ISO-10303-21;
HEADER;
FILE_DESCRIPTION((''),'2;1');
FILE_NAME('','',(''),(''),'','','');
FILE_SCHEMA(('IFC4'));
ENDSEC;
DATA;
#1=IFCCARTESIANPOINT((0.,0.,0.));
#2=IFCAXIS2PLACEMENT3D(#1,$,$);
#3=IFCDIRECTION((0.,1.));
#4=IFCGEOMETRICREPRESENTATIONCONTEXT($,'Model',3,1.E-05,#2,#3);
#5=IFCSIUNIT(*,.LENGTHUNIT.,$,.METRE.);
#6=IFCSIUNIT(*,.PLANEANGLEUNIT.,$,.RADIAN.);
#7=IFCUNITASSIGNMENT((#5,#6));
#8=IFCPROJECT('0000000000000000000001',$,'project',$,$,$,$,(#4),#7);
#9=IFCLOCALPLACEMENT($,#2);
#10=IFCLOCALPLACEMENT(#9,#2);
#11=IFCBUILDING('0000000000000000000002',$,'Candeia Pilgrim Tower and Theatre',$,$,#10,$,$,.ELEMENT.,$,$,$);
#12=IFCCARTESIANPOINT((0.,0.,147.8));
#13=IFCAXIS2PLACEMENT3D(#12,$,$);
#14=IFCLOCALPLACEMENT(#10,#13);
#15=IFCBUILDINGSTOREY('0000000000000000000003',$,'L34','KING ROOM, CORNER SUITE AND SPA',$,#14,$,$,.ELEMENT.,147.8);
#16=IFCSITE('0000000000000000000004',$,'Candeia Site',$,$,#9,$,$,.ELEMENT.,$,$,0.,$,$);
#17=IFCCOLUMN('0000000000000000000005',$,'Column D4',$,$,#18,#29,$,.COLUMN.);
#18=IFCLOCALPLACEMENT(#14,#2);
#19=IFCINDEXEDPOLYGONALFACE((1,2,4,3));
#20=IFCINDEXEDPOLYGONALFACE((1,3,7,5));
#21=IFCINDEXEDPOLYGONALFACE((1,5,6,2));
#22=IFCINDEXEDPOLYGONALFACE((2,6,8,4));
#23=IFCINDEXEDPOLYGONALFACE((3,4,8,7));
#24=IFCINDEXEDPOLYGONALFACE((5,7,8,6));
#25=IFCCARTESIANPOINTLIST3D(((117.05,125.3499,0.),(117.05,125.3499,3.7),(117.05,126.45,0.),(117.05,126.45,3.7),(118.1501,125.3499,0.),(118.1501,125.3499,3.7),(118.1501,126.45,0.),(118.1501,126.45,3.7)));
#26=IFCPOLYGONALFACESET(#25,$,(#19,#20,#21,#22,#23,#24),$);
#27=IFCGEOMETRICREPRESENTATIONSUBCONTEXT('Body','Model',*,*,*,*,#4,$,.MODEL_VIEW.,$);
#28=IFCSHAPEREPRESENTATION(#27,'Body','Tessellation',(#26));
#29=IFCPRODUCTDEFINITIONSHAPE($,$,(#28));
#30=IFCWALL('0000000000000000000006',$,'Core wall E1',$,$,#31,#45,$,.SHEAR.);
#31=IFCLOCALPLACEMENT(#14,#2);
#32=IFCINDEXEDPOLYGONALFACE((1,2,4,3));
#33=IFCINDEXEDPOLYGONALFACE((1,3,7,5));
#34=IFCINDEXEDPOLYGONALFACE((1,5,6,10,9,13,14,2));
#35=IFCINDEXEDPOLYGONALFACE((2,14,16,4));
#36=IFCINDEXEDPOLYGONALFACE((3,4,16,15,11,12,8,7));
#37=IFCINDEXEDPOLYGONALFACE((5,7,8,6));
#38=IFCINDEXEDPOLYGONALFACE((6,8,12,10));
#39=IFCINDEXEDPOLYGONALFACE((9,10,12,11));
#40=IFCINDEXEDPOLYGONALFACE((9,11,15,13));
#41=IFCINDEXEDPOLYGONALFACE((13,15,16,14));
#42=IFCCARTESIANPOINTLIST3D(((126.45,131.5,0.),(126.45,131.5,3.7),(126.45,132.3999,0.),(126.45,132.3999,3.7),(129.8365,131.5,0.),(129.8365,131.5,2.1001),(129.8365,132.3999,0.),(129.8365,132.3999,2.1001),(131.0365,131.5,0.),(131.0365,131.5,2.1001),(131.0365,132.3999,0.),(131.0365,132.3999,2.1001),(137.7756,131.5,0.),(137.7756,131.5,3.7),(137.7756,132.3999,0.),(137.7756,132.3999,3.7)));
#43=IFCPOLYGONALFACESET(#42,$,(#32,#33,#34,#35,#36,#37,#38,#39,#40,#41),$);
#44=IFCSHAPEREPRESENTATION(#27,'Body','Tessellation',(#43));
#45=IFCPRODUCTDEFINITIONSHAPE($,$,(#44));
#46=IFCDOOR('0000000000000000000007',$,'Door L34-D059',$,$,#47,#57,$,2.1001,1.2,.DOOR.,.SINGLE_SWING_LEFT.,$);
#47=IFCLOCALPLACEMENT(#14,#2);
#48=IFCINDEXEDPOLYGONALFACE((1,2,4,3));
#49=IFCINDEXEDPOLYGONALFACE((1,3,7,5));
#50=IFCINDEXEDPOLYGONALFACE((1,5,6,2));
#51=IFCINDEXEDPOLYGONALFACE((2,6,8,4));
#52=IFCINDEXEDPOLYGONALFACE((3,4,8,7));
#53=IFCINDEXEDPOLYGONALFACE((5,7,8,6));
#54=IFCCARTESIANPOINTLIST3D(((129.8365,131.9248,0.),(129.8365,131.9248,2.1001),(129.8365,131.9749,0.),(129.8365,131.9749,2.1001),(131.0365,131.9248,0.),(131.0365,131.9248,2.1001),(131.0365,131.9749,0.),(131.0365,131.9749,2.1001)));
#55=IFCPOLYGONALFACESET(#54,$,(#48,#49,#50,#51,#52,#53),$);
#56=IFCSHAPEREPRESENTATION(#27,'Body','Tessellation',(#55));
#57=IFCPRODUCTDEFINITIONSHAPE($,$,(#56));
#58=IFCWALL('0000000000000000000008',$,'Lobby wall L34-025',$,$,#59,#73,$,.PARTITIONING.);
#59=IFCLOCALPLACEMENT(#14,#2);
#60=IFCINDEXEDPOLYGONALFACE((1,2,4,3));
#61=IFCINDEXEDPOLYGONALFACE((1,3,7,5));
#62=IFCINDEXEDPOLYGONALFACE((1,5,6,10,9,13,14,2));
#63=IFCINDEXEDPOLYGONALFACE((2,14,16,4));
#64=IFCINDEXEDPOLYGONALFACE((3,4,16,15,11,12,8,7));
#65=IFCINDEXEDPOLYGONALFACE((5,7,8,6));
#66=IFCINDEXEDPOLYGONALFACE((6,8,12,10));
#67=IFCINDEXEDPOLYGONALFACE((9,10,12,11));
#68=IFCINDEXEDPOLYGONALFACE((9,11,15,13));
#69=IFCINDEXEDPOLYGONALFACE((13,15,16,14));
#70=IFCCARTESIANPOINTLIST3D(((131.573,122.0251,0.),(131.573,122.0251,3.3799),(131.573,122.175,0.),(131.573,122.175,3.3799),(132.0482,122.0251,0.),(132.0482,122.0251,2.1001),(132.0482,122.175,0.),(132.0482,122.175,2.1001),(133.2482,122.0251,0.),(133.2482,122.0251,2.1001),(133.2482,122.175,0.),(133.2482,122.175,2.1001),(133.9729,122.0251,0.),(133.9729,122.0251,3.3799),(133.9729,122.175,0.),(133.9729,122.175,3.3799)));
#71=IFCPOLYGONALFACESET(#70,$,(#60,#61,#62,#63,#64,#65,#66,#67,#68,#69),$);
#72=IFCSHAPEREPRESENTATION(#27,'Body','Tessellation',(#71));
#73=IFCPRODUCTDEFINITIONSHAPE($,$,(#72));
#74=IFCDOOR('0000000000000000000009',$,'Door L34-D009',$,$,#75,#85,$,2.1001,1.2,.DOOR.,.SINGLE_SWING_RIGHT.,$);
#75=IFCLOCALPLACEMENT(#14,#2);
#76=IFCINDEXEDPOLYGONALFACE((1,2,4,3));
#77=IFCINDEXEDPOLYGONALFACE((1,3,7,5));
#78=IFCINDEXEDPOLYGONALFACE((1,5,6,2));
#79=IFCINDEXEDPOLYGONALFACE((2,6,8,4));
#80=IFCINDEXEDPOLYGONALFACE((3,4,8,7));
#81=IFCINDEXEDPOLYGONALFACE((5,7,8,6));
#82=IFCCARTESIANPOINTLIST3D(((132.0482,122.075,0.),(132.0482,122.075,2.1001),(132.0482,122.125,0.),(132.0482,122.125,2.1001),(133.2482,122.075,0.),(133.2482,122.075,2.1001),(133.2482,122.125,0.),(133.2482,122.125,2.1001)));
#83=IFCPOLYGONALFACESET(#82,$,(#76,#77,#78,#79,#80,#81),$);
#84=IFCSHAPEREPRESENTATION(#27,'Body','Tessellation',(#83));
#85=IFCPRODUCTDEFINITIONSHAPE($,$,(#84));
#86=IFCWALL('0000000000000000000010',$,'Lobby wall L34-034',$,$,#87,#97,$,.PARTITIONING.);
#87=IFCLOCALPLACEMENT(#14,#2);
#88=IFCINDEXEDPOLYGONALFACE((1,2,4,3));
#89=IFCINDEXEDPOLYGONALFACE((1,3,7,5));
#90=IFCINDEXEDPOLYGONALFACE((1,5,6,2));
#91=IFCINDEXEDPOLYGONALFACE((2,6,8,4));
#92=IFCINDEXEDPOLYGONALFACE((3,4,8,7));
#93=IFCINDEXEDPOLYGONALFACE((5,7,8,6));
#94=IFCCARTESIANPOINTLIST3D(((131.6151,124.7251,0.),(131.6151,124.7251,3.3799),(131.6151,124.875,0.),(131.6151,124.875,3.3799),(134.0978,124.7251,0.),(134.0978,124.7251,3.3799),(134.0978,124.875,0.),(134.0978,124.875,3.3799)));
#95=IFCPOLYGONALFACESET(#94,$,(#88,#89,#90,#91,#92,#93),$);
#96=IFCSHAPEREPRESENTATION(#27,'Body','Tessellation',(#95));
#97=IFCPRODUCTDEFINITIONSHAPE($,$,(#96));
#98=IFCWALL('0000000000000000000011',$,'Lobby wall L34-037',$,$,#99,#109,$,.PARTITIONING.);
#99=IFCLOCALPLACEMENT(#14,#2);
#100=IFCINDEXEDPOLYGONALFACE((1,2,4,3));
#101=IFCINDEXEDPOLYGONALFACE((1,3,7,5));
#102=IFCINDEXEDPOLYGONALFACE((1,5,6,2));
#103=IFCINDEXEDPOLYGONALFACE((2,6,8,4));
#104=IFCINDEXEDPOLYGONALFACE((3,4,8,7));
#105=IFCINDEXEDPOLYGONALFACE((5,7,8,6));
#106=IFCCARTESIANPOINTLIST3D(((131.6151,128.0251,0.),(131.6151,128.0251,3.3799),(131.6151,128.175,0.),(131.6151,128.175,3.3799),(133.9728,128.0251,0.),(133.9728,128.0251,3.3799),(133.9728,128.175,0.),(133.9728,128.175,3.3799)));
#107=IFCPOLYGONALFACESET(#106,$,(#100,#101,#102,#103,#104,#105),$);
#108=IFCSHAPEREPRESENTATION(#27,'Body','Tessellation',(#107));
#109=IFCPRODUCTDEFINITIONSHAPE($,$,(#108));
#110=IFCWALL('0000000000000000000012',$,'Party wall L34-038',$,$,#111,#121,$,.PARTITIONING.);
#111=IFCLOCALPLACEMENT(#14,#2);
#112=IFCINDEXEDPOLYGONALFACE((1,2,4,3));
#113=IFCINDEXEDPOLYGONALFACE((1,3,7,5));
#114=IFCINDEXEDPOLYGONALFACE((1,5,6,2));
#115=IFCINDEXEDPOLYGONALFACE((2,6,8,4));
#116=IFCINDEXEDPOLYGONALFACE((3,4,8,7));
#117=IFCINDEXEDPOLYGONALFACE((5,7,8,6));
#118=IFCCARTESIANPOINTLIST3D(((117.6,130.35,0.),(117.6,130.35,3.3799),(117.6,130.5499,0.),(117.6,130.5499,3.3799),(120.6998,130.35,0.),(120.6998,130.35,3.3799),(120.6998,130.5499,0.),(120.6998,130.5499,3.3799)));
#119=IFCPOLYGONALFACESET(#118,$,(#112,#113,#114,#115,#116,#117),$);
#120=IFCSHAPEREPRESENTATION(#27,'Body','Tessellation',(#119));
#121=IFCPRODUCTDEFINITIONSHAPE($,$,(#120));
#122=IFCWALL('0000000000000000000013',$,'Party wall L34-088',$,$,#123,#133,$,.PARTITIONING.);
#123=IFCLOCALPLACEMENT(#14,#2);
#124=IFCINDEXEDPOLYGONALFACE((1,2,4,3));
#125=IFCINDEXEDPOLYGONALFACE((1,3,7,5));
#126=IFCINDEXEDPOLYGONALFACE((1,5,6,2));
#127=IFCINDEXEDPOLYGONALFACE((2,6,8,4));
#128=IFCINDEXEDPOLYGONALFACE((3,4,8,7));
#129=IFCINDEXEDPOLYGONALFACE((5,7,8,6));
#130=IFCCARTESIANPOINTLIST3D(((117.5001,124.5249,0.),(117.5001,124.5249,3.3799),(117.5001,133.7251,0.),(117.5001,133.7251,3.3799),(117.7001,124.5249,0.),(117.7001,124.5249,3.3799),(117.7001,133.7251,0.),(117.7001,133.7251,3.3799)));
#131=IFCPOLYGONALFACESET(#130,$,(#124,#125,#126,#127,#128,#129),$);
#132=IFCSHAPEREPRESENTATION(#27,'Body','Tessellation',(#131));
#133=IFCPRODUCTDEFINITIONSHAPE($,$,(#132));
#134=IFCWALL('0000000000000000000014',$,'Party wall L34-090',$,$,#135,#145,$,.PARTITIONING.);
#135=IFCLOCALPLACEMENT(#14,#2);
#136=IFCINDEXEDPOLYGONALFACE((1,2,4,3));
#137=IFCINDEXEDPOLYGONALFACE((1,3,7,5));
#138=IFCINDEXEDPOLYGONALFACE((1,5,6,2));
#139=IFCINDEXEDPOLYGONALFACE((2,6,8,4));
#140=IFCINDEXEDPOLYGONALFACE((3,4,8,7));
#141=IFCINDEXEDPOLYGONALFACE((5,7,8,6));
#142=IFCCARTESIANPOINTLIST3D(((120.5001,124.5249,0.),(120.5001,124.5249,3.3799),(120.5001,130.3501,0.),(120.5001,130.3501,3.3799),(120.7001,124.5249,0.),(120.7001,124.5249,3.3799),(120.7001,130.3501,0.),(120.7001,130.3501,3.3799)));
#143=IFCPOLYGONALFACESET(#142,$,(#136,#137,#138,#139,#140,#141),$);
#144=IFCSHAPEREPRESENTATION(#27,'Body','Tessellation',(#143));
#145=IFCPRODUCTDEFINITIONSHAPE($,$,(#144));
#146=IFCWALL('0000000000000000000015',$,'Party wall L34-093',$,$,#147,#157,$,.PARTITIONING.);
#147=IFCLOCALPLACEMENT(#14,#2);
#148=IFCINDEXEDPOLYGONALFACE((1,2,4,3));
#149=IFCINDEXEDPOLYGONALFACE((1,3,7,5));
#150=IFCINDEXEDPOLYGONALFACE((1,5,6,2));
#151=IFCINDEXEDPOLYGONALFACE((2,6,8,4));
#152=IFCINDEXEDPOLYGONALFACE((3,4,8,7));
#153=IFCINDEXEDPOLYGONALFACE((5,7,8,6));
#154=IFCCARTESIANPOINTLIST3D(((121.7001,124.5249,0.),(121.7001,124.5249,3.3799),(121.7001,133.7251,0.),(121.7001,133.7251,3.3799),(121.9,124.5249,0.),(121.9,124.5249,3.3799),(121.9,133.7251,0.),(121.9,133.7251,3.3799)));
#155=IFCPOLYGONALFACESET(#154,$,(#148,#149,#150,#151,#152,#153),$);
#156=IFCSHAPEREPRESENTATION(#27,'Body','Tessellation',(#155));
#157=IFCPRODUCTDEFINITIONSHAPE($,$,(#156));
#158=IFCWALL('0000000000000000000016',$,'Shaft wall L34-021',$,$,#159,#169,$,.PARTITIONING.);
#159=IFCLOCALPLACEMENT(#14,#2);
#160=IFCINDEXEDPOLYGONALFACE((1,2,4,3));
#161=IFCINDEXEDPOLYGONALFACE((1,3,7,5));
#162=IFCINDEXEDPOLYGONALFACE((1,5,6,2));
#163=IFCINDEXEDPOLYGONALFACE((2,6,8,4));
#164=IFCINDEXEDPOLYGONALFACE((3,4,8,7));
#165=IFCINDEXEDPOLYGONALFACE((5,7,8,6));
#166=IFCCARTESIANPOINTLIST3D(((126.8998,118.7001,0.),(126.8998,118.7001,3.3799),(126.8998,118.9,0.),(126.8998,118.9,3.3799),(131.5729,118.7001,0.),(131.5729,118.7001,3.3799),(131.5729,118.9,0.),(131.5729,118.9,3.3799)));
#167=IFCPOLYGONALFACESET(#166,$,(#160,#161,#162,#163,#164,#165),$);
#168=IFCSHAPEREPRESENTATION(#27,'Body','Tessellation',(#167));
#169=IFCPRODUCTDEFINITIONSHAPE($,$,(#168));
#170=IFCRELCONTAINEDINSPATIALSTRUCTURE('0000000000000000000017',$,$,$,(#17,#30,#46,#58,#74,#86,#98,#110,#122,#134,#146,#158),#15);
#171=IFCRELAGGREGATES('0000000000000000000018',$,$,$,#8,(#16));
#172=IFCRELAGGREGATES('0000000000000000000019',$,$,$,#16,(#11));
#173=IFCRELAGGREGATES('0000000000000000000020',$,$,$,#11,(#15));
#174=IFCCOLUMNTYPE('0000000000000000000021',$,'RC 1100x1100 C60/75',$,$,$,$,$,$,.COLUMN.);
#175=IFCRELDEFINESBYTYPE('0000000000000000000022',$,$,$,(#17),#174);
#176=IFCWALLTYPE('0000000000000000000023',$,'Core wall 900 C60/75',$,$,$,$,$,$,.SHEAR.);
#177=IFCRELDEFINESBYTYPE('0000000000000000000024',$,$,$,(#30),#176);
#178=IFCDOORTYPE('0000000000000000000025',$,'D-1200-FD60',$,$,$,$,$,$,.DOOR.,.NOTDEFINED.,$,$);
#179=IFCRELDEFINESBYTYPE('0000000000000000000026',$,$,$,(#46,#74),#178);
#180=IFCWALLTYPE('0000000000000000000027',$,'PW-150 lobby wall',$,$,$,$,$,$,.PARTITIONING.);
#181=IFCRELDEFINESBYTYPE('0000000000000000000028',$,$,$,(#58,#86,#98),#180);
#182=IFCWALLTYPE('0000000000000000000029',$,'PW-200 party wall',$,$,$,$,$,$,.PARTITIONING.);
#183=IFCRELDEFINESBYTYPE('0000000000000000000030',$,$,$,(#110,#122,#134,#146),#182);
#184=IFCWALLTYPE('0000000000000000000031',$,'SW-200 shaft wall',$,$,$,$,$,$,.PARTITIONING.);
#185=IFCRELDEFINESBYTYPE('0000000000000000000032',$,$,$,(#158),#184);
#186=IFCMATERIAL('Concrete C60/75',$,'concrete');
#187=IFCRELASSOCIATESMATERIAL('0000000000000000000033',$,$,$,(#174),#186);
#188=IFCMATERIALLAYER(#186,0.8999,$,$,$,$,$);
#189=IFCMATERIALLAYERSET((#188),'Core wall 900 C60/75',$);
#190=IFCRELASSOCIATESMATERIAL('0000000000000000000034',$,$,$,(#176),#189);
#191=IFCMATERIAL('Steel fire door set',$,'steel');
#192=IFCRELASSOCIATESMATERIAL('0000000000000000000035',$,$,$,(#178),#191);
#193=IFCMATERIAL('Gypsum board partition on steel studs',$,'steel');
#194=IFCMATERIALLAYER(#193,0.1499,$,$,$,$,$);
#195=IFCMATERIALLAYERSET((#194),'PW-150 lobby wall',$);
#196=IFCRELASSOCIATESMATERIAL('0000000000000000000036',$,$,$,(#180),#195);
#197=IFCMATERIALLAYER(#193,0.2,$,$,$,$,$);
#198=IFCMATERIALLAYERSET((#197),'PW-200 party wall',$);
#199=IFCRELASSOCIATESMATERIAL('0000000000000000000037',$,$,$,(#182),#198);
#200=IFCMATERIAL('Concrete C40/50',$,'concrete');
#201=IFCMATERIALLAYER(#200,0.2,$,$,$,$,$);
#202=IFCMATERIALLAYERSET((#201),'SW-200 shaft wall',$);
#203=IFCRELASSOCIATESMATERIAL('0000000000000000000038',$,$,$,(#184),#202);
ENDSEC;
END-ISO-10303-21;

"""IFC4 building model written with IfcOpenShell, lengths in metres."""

from ifc_helpers import new_model, si_unit, direction, frame, frame_2d, origin, origin_2d, place, context, subcontext, project, spatial, rectangle, extrude, material, layer, layer_set, material_profile, profile_set, type_object, element, fill, save


model = new_model("IFC4")

# Units and contexts
model_context = context("Model", 3, precision=1e-05, world=origin(), true_north=direction((0.0, 1.0)))
body_context = subcontext(model_context, "Body", "Model", "MODEL_VIEW")
ifc_project = project(units=[si_unit("LENGTHUNIT", "METRE"), si_unit("PLANEANGLEUNIT", "RADIAN")], contexts=[model_context])

# Site, building, storey
site_placement = place(None, origin())
site = spatial("IfcSite", under=ifc_project, at=site_placement, Name="Candeia Site", CompositionType="ELEMENT", RefElevation=0.0)
building_placement = place(site_placement, origin())
building = spatial("IfcBuilding", under=site, at=building_placement, Name="Candeia Pilgrim Tower and Theatre", CompositionType="ELEMENT")
storey_placement = place(building_placement, frame((0.0, 0.0, 147.8)))
storey = spatial("IfcBuildingStorey", under=building, at=storey_placement, Name="L34", Description="KING ROOM, CORNER SUITE AND SPA", CompositionType="ELEMENT", Elevation=147.8)

# Column
ifc_material_1 = material(Name="Concrete C60/75", Category="concrete")
ifc_material_profile = material_profile(ifc_material_1, rectangle(XDim=1.1001, YDim=1.1001, at=origin_2d()))
ifc_profile_set = profile_set([ifc_material_profile], Name="Concrete C60/75")
column_type = type_object("IfcColumnType", Name="RC 1100x1100 C60/75", PredefinedType="COLUMN", material=ifc_profile_set)
column_placement = place(storey_placement, frame((117.6001, 125.8999, 0.0), z_axis=(0.0, 0.0, 1.0), x_axis=(1.0, 0.0, 0.0)))
element("IfcColumn", 1, at=column_placement, inside=storey, type_object=column_type, Name="Column D4", PredefinedType="COLUMN", context=body_context, shape_type="SweptSolid", body=[
    extrude(rectangle(XDim=1.1001, YDim=1.1001, at=origin_2d()), origin(), (0.0, 0.0, 1.0), 3.7),
])

# Walls, openings, doors
ifc_layer_1 = layer(ifc_material_1, 0.8999)
ifc_layer_set_1 = layer_set([ifc_layer_1], Name="Core wall 900 C60/75")
wall_type_1 = type_object("IfcWallType", Name="Core wall 900 C60/75", PredefinedType="SHEAR", material=ifc_layer_set_1)
wall_1_placement = place(storey_placement, frame((126.45, 131.95, 0.0), z_axis=(0.0, 0.0, 1.0), x_axis=(1.0, 0.0, 0.0)))
wall_1 = element("IfcWall", 2, at=wall_1_placement, inside=storey, type_object=wall_type_1, Name="Core wall E1", PredefinedType="SHEAR", context=body_context, shape_type="SweptSolid", body=[
    extrude(rectangle(XDim=11.3257, YDim=0.8999, at=frame_2d((5.6628, 0.0))), origin(), (0.0, 0.0, 1.0), 3.7),
])
opening_1_placement = place(wall_1_placement, frame((3.3865, 0.0, 0.0)))
opening_1 = element("IfcOpeningElement", 3, at=opening_1_placement, cuts=wall_1, PredefinedType="OPENING", context=body_context, shape_type="SweptSolid", body=[
    extrude(rectangle(XDim=1.2, YDim=2.1001, at=frame_2d((0.6001, 1.05))), frame((0.0, 0.46, 0.0), z_axis=(0.0, -1.0, 0.0), x_axis=(1.0, 0.0, 0.0)), (0.0, 0.0, 1.0), 0.9199),
])
ifc_material_2 = material(Name="Steel fire door set", Category="steel")
door_type_1 = type_object("IfcDoorType", Name="D-1200-FD60", OperationType="NOTDEFINED", PredefinedType="DOOR", material=ifc_material_2)
door_1_placement = place(opening_1_placement, origin())
door_1 = element("IfcDoor", 4, at=door_1_placement, inside=storey, type_object=door_type_1, Name="Door L34-D059", OperationType="SINGLE_SWING_LEFT", OverallHeight=2.1001, OverallWidth=1.2, PredefinedType="DOOR", context=body_context, shape_type="SweptSolid", body=[
    extrude(rectangle(XDim=1.2, YDim=2.1001, at=frame_2d((0.6001, 1.05))), frame((0.0, 0.0249, 0.0), z_axis=(0.0, -1.0, 0.0), x_axis=(1.0, 0.0, 0.0)), (0.0, 0.0, 1.0), 0.05),
])
fill(opening_1, door_1)
ifc_material_3 = material(Name="Gypsum board partition on steel studs", Category="steel")
ifc_layer_2 = layer(ifc_material_3, 0.1499)
ifc_layer_set_2 = layer_set([ifc_layer_2], Name="PW-150 lobby wall")
wall_type_2 = type_object("IfcWallType", Name="PW-150 lobby wall", PredefinedType="PARTITIONING", material=ifc_layer_set_2)
wall_2_placement = place(storey_placement, frame((131.573, 122.1001, 0.0), z_axis=(0.0, 0.0, 1.0), x_axis=(1.0, 0.0, 0.0)))
wall_2 = element("IfcWall", 5, at=wall_2_placement, inside=storey, type_object=wall_type_2, Name="Lobby wall L34-025", PredefinedType="PARTITIONING", context=body_context, shape_type="SweptSolid", body=[
    extrude(rectangle(XDim=2.3999, YDim=0.1499, at=frame_2d((1.2, 0.0))), origin(), (0.0, 0.0, 1.0), 3.3799),
])
opening_2_placement = place(wall_2_placement, frame((0.4751, 0.0, 0.0)))
opening_2 = element("IfcOpeningElement", 6, at=opening_2_placement, cuts=wall_2, PredefinedType="OPENING", context=body_context, shape_type="SweptSolid", body=[
    extrude(rectangle(XDim=1.2, YDim=2.1001, at=frame_2d((0.6001, 1.05))), frame((0.0, 0.085, 0.0), z_axis=(0.0, -1.0, 0.0), x_axis=(1.0, 0.0, 0.0)), (0.0, 0.0, 1.0), 0.1699),
])
door_2_placement = place(opening_2_placement, origin())
door_2 = element("IfcDoor", 7, at=door_2_placement, inside=storey, type_object=door_type_1, Name="Door L34-D009", OperationType="SINGLE_SWING_RIGHT", OverallHeight=2.1001, OverallWidth=1.2, PredefinedType="DOOR", context=body_context, shape_type="SweptSolid", body=[
    extrude(rectangle(XDim=1.2, YDim=2.1001, at=frame_2d((0.6001, 1.05))), frame((0.0, 0.0249, 0.0), z_axis=(0.0, -1.0, 0.0), x_axis=(1.0, 0.0, 0.0)), (0.0, 0.0, 1.0), 0.05),
])
fill(opening_2, door_2)

# Walls
wall_3_placement = place(storey_placement, frame((131.6152, 124.8, 0.0), z_axis=(0.0, 0.0, 1.0), x_axis=(1.0, 0.0, 0.0)))
element("IfcWall", 8, at=wall_3_placement, inside=storey, type_object=wall_type_2, Name="Lobby wall L34-034", PredefinedType="PARTITIONING", context=body_context, shape_type="SweptSolid", body=[
    extrude(rectangle(XDim=2.4827, YDim=0.1499, at=frame_2d((1.2412, 0.0))), origin(), (0.0, 0.0, 1.0), 3.3799),
])
wall_4_placement = place(storey_placement, frame((131.6152, 128.1001, 0.0), z_axis=(0.0, 0.0, 1.0), x_axis=(1.0, 0.0, 0.0)))
element("IfcWall", 9, at=wall_4_placement, inside=storey, type_object=wall_type_2, Name="Lobby wall L34-037", PredefinedType="PARTITIONING", context=body_context, shape_type="SweptSolid", body=[
    extrude(rectangle(XDim=2.3577, YDim=0.1499, at=frame_2d((1.1787, 0.0))), origin(), (0.0, 0.0, 1.0), 3.3799),
])
ifc_layer_3 = layer(ifc_material_3, 0.2)
ifc_layer_set_3 = layer_set([ifc_layer_3], Name="PW-200 party wall")
wall_type_3 = type_object("IfcWallType", Name="PW-200 party wall", PredefinedType="PARTITIONING", material=ifc_layer_set_3)
wall_5_placement = place(storey_placement, frame((117.6001, 130.45, 0.0), z_axis=(0.0, 0.0, 1.0), x_axis=(1.0, 0.0, 0.0)))
element("IfcWall", 10, at=wall_5_placement, inside=storey, type_object=wall_type_3, Name="Party wall L34-038", PredefinedType="PARTITIONING", context=body_context, shape_type="SweptSolid", body=[
    extrude(rectangle(XDim=3.0999, YDim=0.2, at=frame_2d((1.5498, 0.0))), origin(), (0.0, 0.0, 1.0), 3.3799),
])
wall_6_placement = place(storey_placement, frame((117.6001, 124.5249, 0.0), z_axis=(0.0, 0.0, 1.0), x_axis=(0.0, 1.0, 0.0)))
element("IfcWall", 11, at=wall_6_placement, inside=storey, type_object=wall_type_3, Name="Party wall L34-088", PredefinedType="PARTITIONING", context=body_context, shape_type="SweptSolid", body=[
    extrude(rectangle(XDim=9.2002, YDim=0.2, at=frame_2d((4.6001, 0.0))), origin(), (0.0, 0.0, 1.0), 3.3799),
])
wall_7_placement = place(storey_placement, frame((120.6001, 124.5249, 0.0), z_axis=(0.0, 0.0, 1.0), x_axis=(0.0, 1.0, 0.0)))
element("IfcWall", 12, at=wall_7_placement, inside=storey, type_object=wall_type_3, Name="Party wall L34-090", PredefinedType="PARTITIONING", context=body_context, shape_type="SweptSolid", body=[
    extrude(rectangle(XDim=5.8252, YDim=0.2, at=frame_2d((2.9126, 0.0))), origin(), (0.0, 0.0, 1.0), 3.3799),
])
wall_8_placement = place(storey_placement, frame((121.8, 124.5249, 0.0), z_axis=(0.0, 0.0, 1.0), x_axis=(0.0, 1.0, 0.0)))
element("IfcWall", 13, at=wall_8_placement, inside=storey, type_object=wall_type_3, Name="Party wall L34-093", PredefinedType="PARTITIONING", context=body_context, shape_type="SweptSolid", body=[
    extrude(rectangle(XDim=9.2002, YDim=0.2, at=frame_2d((4.6001, 0.0))), origin(), (0.0, 0.0, 1.0), 3.3799),
])
ifc_material_4 = material(Name="Concrete C40/50", Category="concrete")
ifc_layer_4 = layer(ifc_material_4, 0.2)
ifc_layer_set_4 = layer_set([ifc_layer_4], Name="SW-200 shaft wall")
wall_type_4 = type_object("IfcWallType", Name="SW-200 shaft wall", PredefinedType="PARTITIONING", material=ifc_layer_set_4)
wall_9_placement = place(storey_placement, frame((126.8999, 118.8, 0.0), z_axis=(0.0, 0.0, 1.0), x_axis=(1.0, 0.0, 0.0)))
element("IfcWall", 14, at=wall_9_placement, inside=storey, type_object=wall_type_4, Name="Shaft wall L34-021", PredefinedType="PARTITIONING", context=body_context, shape_type="SweptSolid", body=[
    extrude(rectangle(XDim=4.6731, YDim=0.2, at=frame_2d((2.3364, 0.0))), origin(), (0.0, 0.0, 1.0), 3.3799),
])

save(model, "model.ifc")
